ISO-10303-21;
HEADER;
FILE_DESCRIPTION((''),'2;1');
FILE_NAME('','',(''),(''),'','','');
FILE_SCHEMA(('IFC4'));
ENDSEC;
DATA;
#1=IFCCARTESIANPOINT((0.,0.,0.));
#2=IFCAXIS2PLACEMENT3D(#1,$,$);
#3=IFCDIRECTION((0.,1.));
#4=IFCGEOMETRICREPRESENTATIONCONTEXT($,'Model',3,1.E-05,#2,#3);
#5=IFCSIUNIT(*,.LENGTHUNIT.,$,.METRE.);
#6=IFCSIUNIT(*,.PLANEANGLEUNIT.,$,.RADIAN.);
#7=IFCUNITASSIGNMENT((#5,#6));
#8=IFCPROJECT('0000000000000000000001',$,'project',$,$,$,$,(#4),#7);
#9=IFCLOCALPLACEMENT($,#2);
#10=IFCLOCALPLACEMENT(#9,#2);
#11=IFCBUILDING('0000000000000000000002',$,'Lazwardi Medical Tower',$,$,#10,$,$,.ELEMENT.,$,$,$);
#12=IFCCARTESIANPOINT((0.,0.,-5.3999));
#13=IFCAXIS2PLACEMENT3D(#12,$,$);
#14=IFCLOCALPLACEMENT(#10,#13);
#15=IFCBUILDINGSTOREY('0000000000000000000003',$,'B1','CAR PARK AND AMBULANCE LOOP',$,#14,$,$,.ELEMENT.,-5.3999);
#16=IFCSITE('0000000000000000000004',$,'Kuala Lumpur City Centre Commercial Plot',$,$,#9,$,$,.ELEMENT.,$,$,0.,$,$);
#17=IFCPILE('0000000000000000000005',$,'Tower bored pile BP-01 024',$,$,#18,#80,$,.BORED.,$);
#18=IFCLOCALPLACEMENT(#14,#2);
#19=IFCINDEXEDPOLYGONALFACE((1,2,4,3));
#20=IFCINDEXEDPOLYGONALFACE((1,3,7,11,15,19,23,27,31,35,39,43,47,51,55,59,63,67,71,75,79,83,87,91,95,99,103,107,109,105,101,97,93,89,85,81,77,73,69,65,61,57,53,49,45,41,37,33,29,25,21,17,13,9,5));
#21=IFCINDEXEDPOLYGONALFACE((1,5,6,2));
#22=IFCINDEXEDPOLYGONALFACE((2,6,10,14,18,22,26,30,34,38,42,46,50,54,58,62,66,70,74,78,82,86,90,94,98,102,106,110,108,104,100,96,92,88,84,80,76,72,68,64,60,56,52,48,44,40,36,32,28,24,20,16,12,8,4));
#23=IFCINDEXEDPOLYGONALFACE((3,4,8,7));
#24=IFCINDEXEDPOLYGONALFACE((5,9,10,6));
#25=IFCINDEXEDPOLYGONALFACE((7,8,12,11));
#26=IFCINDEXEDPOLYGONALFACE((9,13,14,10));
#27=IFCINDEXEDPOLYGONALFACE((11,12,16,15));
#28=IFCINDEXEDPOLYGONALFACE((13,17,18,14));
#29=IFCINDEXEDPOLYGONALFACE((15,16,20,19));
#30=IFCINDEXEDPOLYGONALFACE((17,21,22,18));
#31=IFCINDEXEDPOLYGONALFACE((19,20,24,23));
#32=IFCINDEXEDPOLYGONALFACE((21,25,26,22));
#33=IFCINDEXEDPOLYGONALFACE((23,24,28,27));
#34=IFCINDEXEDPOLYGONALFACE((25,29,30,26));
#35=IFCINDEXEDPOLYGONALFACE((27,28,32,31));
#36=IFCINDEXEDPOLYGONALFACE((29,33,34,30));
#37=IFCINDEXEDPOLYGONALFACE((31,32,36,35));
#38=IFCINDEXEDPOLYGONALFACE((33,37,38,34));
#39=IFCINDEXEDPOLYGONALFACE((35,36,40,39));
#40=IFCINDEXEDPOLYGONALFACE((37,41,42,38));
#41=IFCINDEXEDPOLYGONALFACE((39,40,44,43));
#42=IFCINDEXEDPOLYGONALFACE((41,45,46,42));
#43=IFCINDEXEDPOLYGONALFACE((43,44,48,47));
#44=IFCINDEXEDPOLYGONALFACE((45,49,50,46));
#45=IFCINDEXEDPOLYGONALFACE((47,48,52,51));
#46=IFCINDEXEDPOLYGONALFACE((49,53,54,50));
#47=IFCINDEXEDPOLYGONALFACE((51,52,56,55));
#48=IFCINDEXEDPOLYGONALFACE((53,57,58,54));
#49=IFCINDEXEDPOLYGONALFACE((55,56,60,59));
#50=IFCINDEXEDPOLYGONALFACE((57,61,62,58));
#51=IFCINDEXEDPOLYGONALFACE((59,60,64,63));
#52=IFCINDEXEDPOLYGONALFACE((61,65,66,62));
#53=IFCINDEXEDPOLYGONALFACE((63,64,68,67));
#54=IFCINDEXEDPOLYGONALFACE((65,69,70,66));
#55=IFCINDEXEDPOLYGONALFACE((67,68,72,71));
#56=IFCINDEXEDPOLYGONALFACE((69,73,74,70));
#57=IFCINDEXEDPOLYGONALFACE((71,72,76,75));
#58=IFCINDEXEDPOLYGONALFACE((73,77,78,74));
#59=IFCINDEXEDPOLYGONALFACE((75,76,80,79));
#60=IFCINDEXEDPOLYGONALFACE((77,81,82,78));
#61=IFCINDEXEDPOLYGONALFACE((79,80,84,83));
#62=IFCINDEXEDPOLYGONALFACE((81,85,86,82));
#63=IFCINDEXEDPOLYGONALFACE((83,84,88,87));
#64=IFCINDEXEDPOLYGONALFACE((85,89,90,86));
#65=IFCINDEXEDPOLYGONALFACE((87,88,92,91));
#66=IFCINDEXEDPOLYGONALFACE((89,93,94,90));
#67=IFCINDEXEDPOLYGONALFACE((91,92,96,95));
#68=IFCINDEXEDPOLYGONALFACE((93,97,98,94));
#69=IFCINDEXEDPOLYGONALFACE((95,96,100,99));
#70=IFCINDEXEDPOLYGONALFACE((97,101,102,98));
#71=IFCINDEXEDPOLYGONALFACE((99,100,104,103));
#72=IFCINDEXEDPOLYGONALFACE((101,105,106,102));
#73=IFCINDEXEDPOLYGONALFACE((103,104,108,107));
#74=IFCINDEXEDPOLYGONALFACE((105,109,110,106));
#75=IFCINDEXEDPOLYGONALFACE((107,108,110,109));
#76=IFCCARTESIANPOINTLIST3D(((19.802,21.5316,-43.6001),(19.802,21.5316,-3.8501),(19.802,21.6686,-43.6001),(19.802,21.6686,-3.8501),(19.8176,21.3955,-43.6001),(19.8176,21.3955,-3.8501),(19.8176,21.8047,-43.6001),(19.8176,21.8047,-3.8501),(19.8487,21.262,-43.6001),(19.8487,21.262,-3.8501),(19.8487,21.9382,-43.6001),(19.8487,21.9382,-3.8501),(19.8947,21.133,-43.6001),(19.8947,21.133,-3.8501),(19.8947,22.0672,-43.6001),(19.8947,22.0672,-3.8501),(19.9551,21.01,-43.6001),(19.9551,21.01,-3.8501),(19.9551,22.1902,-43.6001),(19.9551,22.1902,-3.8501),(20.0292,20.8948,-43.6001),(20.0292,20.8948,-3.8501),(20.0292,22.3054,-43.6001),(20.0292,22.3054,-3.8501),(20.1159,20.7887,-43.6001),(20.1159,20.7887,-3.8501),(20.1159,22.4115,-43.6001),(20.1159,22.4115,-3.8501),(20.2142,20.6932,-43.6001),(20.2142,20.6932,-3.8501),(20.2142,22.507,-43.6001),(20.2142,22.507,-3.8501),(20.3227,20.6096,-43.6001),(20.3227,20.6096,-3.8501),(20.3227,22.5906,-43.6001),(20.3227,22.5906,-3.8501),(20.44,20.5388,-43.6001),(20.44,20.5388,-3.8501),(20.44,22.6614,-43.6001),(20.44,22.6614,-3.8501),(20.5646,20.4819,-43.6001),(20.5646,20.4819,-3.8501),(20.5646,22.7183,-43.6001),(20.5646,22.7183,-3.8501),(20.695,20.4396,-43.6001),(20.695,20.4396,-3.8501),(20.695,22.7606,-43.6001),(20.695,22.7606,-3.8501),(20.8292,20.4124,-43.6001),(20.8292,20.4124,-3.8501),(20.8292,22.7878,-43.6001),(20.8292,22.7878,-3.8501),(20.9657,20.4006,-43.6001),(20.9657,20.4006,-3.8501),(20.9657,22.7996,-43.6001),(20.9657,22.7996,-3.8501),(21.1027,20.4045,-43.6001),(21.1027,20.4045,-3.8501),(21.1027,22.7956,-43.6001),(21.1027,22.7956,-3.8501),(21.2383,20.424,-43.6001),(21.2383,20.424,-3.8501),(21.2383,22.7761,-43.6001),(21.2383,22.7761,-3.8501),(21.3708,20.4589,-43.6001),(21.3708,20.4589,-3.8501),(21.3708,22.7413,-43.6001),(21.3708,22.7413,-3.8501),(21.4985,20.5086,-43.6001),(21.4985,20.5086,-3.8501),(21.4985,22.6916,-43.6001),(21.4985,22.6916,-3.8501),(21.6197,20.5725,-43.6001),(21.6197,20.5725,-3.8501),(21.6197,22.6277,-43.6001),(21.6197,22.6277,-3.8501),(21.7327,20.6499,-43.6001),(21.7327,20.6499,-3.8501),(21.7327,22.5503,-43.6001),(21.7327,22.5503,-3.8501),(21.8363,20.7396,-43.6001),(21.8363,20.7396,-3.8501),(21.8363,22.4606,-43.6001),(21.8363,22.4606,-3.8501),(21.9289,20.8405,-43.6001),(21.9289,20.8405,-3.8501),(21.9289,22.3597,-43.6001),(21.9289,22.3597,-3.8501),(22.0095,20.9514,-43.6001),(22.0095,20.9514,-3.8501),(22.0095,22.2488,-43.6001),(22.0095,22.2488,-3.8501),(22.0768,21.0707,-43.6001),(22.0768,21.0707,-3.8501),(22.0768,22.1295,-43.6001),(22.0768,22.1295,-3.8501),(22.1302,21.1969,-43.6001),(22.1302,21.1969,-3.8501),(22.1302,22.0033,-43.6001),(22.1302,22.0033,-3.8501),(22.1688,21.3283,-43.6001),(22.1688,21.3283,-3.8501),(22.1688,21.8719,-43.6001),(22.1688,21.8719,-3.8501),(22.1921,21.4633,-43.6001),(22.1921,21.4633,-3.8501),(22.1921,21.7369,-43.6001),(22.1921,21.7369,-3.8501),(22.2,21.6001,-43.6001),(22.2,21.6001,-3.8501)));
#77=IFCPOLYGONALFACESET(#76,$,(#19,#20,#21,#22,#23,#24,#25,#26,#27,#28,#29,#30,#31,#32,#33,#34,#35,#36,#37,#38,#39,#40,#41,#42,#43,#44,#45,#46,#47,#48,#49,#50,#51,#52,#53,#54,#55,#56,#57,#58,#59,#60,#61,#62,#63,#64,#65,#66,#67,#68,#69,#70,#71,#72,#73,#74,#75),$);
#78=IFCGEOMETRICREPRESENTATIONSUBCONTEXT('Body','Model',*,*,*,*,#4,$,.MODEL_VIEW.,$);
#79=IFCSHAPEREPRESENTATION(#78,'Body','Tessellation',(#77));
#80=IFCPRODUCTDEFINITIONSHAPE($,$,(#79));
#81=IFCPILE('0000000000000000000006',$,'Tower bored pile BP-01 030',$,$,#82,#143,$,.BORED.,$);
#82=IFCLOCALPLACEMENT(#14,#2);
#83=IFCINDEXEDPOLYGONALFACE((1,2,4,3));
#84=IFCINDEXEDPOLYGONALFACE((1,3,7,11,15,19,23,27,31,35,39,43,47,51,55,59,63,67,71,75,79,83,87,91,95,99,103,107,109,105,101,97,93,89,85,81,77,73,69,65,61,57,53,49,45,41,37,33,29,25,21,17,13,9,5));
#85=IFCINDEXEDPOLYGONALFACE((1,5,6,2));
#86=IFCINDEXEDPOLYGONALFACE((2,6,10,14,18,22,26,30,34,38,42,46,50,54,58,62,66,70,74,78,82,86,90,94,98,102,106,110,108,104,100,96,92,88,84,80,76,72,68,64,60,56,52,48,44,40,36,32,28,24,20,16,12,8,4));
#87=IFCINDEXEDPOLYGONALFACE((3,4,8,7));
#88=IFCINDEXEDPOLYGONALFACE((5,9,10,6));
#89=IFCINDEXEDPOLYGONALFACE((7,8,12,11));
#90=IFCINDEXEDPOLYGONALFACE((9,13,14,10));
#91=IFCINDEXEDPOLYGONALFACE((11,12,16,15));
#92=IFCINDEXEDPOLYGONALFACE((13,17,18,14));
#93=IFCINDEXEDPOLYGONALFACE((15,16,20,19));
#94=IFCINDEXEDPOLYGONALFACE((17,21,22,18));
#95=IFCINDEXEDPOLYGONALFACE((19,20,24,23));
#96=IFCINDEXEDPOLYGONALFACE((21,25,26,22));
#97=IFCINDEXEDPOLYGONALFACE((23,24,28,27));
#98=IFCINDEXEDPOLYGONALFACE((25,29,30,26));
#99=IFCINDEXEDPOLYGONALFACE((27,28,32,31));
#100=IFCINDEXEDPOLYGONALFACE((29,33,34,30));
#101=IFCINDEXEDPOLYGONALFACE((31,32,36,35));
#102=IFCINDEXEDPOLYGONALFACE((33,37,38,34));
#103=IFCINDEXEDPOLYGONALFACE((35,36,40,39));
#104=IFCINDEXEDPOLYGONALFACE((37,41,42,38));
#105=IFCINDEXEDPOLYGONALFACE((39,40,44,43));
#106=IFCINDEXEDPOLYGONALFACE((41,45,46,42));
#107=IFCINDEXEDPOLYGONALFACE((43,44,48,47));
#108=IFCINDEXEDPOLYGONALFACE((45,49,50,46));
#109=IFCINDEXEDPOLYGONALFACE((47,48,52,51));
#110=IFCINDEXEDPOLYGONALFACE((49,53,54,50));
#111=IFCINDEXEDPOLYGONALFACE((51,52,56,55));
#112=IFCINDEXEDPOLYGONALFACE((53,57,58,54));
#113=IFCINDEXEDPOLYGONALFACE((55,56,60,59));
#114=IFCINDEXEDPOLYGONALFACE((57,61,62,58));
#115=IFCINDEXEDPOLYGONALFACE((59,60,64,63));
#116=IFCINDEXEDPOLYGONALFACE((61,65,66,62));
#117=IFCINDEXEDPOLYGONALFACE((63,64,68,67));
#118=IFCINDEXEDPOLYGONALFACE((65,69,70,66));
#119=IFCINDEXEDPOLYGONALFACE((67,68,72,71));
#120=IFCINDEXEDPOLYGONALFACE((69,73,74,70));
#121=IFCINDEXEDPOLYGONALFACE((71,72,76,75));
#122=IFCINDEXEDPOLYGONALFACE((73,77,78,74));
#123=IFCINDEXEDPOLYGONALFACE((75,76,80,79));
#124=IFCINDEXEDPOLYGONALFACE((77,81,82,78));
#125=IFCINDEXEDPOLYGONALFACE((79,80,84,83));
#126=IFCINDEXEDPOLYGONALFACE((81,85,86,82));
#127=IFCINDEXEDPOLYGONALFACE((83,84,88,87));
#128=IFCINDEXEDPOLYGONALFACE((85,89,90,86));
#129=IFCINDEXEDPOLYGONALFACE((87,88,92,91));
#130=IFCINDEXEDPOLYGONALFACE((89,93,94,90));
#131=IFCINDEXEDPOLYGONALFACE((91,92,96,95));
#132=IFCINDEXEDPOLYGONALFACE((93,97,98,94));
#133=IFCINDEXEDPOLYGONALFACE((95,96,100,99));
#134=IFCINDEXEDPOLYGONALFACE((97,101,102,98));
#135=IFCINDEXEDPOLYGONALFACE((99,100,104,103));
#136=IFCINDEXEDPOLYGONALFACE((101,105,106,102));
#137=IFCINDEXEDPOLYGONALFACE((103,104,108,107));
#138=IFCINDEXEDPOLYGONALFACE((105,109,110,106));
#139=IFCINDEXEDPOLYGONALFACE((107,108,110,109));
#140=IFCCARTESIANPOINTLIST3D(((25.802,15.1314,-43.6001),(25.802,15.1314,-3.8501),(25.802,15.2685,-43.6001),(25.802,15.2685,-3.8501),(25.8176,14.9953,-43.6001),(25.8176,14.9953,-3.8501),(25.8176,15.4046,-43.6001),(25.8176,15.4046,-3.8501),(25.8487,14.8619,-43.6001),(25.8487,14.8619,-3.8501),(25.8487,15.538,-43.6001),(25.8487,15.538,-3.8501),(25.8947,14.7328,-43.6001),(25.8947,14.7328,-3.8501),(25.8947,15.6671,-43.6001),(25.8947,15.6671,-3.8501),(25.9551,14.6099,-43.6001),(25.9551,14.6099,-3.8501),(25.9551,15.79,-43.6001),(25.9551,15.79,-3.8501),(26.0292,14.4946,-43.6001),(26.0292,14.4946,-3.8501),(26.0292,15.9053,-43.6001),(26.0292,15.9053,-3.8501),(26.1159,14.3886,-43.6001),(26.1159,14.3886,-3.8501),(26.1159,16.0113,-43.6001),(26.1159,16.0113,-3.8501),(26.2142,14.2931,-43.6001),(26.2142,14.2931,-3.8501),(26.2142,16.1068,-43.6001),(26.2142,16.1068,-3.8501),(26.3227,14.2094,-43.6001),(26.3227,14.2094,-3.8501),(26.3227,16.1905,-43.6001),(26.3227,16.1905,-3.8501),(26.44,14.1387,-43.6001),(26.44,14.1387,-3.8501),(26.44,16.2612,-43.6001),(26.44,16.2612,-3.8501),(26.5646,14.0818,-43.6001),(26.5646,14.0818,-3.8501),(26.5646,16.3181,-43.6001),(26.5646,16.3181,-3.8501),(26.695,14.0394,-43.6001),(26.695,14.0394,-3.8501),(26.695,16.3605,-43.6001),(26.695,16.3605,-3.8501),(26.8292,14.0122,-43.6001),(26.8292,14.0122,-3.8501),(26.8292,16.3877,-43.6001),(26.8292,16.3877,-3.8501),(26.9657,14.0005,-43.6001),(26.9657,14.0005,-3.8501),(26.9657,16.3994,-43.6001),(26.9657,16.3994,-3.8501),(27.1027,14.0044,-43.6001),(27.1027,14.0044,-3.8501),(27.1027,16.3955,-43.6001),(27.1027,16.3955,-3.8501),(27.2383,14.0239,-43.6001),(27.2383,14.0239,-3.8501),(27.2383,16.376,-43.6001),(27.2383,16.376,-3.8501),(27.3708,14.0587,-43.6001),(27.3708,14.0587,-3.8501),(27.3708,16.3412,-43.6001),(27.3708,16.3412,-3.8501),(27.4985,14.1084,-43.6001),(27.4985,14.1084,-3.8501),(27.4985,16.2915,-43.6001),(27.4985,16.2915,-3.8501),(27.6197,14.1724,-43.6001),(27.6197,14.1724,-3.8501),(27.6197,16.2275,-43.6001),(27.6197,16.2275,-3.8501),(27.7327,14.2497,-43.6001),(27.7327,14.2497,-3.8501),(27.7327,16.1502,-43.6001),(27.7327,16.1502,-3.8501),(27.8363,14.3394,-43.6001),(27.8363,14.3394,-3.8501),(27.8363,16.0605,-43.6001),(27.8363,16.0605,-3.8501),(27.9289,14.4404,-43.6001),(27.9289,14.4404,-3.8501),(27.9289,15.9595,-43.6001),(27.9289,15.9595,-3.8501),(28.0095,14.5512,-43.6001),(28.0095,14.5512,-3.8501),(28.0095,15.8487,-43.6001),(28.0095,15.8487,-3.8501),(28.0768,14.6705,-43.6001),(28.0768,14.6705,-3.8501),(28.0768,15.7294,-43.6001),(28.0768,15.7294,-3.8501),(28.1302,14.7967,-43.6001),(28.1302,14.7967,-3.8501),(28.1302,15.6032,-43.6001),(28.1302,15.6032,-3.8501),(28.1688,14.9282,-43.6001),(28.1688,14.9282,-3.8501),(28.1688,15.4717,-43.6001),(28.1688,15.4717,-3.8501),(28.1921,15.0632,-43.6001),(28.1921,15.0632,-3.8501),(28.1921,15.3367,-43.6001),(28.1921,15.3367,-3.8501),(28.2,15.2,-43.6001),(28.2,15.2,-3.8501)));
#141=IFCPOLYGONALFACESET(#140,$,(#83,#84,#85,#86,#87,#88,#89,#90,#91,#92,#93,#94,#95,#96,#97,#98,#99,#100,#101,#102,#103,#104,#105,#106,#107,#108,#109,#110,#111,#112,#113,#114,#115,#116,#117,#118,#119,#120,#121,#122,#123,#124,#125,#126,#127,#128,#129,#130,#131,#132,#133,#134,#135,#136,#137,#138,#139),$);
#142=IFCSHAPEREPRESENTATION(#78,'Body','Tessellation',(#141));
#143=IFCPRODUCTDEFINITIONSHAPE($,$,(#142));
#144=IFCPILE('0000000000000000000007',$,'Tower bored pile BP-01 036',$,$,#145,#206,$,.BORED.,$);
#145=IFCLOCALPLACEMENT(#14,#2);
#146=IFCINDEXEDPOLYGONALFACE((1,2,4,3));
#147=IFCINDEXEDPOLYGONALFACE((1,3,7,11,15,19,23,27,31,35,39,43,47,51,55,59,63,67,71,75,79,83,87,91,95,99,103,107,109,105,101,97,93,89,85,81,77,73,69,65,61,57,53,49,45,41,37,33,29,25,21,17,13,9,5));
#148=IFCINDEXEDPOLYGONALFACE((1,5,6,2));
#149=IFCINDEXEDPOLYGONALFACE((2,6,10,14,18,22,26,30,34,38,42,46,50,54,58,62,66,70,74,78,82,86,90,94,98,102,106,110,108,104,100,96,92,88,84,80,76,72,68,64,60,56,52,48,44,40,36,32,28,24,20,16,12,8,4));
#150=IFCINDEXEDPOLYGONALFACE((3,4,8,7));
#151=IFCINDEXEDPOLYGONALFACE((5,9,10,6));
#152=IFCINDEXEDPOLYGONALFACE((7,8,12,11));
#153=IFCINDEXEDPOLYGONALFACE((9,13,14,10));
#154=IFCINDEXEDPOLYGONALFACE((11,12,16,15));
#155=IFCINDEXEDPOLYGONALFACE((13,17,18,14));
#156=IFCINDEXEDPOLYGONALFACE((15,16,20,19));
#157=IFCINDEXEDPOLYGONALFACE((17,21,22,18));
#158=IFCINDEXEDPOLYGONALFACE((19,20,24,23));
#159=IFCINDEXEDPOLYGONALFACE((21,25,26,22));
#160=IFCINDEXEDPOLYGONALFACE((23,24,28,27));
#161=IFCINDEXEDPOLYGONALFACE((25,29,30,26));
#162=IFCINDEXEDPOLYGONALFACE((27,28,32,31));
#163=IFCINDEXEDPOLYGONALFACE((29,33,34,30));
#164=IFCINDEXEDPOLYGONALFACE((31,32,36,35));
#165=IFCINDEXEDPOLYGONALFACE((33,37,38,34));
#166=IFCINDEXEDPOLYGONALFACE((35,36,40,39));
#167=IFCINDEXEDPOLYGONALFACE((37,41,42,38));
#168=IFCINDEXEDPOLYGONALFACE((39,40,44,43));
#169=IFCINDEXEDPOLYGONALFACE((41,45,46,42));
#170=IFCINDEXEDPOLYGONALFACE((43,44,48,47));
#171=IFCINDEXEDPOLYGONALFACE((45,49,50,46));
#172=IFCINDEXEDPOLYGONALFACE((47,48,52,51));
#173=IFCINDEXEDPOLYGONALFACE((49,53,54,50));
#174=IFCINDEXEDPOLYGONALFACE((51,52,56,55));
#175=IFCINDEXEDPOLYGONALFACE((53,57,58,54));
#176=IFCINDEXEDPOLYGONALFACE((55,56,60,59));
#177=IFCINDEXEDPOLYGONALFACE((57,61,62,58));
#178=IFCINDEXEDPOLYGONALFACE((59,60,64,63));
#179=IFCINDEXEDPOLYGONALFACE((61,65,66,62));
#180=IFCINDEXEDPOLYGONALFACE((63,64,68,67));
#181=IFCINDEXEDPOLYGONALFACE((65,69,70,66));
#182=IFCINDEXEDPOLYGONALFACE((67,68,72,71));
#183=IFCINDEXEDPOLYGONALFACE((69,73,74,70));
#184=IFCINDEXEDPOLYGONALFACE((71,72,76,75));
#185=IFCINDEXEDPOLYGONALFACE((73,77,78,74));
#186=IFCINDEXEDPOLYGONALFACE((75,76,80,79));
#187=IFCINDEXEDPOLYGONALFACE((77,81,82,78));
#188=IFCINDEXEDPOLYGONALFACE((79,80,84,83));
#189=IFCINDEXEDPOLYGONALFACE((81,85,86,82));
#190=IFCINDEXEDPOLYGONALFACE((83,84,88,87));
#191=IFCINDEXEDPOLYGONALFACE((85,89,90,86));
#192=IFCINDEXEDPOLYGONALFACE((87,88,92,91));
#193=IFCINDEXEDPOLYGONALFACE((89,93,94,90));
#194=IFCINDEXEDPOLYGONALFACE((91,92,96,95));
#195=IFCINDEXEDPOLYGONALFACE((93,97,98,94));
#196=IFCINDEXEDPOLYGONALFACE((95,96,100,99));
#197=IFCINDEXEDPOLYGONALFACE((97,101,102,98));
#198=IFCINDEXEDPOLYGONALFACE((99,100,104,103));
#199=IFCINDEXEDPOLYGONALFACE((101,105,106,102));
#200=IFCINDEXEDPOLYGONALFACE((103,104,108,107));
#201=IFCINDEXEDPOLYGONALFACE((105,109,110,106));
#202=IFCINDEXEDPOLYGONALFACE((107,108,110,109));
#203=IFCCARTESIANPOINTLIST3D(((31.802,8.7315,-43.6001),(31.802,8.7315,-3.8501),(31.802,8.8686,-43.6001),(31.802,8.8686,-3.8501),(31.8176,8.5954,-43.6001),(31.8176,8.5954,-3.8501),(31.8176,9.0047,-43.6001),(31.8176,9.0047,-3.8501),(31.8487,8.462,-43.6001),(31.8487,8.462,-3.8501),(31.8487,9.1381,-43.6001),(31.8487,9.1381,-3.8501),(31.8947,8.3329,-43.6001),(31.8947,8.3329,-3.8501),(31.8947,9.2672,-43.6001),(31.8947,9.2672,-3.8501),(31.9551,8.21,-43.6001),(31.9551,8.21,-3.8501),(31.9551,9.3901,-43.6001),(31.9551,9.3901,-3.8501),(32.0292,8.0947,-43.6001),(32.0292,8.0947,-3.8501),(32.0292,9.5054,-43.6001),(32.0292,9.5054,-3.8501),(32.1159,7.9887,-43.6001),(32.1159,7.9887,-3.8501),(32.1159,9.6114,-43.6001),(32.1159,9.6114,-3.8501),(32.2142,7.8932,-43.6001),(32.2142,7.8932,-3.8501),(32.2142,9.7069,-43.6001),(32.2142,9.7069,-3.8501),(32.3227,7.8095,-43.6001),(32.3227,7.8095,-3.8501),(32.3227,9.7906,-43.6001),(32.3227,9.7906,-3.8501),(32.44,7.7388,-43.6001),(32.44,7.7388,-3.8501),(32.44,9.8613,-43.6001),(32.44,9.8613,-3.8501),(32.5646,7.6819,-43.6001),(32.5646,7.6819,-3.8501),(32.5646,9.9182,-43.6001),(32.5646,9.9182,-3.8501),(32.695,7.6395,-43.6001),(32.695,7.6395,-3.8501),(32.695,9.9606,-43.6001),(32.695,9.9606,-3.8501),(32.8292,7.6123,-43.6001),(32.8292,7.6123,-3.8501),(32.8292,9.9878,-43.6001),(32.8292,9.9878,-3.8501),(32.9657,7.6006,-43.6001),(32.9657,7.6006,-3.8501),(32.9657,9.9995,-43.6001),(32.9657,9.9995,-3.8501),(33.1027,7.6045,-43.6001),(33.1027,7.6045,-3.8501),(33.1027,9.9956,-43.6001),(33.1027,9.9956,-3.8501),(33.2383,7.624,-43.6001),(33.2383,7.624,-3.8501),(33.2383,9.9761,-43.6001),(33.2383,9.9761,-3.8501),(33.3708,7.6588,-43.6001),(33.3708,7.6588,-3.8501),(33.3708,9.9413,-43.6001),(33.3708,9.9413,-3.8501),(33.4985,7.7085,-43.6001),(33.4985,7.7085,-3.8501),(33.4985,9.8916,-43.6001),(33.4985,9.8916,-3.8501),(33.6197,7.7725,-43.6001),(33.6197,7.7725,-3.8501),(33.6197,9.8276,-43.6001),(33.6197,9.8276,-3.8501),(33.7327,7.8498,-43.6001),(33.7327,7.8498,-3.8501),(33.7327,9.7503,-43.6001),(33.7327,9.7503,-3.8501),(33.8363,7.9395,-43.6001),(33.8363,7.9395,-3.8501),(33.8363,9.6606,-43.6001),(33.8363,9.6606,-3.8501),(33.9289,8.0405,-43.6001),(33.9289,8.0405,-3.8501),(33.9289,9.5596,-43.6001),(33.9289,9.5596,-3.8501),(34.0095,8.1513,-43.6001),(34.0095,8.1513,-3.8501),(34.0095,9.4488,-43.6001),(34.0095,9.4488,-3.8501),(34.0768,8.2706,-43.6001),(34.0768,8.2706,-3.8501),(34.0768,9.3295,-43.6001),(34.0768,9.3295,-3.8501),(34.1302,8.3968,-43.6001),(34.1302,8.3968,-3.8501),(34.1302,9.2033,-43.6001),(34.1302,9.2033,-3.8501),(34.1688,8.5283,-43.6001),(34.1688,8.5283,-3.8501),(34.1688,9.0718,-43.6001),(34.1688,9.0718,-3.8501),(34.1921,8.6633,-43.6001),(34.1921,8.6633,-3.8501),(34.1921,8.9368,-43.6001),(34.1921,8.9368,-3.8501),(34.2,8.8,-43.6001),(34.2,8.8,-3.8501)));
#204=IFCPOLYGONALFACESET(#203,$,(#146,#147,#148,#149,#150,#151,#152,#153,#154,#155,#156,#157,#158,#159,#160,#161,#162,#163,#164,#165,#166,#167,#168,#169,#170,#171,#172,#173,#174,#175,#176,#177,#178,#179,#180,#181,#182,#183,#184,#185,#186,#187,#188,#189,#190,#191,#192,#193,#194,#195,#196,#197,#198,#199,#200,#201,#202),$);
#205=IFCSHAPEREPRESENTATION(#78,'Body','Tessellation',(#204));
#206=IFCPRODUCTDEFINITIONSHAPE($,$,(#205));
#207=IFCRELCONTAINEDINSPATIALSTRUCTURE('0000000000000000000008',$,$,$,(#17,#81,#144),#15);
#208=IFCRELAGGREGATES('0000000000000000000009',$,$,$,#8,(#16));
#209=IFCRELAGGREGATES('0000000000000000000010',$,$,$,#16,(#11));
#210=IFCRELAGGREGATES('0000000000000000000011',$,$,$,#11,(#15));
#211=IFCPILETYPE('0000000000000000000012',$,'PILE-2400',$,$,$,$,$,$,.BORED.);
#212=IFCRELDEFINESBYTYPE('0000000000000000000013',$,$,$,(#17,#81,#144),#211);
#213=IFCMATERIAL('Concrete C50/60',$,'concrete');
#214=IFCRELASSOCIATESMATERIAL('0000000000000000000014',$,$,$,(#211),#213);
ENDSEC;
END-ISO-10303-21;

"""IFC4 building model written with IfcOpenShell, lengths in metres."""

from ifc_helpers import new_model, si_unit, direction, frame, origin, origin_2d, place, context, subcontext, project, spatial, circle, extrude, material, material_profile, profile_set, type_object, element, save


model = new_model("IFC4")

# Units and contexts
model_context = context("Model", 3, precision=1e-05, world=origin(), true_north=direction((0.0, 1.0)))
body_context = subcontext(model_context, "Body", "Model", "MODEL_VIEW")
ifc_project = project(units=[si_unit("LENGTHUNIT", "METRE"), si_unit("PLANEANGLEUNIT", "RADIAN")], contexts=[model_context])

# Site, building, storey
site_placement = place(None, origin())
site = spatial("IfcSite", under=ifc_project, at=site_placement, Name="Kuala Lumpur City Centre Commercial Plot", CompositionType="ELEMENT", RefElevation=0.0)
building_placement = place(site_placement, origin())
building = spatial("IfcBuilding", under=site, at=building_placement, Name="Lazwardi Medical Tower", CompositionType="ELEMENT")
storey_placement = place(building_placement, frame((0.0, 0.0, -5.3999)))
storey = spatial("IfcBuildingStorey", under=building, at=storey_placement, Name="B1", Description="CAR PARK AND AMBULANCE LOOP", CompositionType="ELEMENT", Elevation=-5.3999)

# Piles
ifc_material_1 = material(Name="Concrete C50/60", Category="concrete")
ifc_material_profile_1 = material_profile(ifc_material_1, circle(Radius=1.2, at=origin_2d()), Name="BORED PILE D2400")
ifc_profile_set_1 = profile_set([ifc_material_profile_1], Name="Concrete C50/60")
pile_type = type_object("IfcPileType", Name="PILE-2400", PredefinedType="BORED", material=ifc_profile_set_1)
for number, where, z_axis, x_axis, name in (
    (1, (21.0, 21.6001, -3.8501), (0.0, 0.0, -1.0), (1.0, 0.0, 0.0), "Tower bored pile BP-01 024"),
    (2, (27.0, 15.2, -3.8501), (0.0, 0.0, -1.0), (1.0, 0.0, 0.0), "Tower bored pile BP-01 030"),
    (3, (33.0, 8.8, -3.8501), (0.0, 0.0, -1.0), (1.0, 0.0, 0.0), "Tower bored pile BP-01 036"),
):
    element("IfcPile", number, at=place(storey_placement, frame(where, z_axis=z_axis, x_axis=x_axis)), inside=storey, type_object=pile_type, Name=name, PredefinedType="BORED", context=body_context, shape_type="SweptSolid", body=[
        extrude(circle(Radius=1.2, at=origin_2d()), origin(), (0.0, 0.0, 1.0), 39.75),
    ])

save(model, "model.ifc")
